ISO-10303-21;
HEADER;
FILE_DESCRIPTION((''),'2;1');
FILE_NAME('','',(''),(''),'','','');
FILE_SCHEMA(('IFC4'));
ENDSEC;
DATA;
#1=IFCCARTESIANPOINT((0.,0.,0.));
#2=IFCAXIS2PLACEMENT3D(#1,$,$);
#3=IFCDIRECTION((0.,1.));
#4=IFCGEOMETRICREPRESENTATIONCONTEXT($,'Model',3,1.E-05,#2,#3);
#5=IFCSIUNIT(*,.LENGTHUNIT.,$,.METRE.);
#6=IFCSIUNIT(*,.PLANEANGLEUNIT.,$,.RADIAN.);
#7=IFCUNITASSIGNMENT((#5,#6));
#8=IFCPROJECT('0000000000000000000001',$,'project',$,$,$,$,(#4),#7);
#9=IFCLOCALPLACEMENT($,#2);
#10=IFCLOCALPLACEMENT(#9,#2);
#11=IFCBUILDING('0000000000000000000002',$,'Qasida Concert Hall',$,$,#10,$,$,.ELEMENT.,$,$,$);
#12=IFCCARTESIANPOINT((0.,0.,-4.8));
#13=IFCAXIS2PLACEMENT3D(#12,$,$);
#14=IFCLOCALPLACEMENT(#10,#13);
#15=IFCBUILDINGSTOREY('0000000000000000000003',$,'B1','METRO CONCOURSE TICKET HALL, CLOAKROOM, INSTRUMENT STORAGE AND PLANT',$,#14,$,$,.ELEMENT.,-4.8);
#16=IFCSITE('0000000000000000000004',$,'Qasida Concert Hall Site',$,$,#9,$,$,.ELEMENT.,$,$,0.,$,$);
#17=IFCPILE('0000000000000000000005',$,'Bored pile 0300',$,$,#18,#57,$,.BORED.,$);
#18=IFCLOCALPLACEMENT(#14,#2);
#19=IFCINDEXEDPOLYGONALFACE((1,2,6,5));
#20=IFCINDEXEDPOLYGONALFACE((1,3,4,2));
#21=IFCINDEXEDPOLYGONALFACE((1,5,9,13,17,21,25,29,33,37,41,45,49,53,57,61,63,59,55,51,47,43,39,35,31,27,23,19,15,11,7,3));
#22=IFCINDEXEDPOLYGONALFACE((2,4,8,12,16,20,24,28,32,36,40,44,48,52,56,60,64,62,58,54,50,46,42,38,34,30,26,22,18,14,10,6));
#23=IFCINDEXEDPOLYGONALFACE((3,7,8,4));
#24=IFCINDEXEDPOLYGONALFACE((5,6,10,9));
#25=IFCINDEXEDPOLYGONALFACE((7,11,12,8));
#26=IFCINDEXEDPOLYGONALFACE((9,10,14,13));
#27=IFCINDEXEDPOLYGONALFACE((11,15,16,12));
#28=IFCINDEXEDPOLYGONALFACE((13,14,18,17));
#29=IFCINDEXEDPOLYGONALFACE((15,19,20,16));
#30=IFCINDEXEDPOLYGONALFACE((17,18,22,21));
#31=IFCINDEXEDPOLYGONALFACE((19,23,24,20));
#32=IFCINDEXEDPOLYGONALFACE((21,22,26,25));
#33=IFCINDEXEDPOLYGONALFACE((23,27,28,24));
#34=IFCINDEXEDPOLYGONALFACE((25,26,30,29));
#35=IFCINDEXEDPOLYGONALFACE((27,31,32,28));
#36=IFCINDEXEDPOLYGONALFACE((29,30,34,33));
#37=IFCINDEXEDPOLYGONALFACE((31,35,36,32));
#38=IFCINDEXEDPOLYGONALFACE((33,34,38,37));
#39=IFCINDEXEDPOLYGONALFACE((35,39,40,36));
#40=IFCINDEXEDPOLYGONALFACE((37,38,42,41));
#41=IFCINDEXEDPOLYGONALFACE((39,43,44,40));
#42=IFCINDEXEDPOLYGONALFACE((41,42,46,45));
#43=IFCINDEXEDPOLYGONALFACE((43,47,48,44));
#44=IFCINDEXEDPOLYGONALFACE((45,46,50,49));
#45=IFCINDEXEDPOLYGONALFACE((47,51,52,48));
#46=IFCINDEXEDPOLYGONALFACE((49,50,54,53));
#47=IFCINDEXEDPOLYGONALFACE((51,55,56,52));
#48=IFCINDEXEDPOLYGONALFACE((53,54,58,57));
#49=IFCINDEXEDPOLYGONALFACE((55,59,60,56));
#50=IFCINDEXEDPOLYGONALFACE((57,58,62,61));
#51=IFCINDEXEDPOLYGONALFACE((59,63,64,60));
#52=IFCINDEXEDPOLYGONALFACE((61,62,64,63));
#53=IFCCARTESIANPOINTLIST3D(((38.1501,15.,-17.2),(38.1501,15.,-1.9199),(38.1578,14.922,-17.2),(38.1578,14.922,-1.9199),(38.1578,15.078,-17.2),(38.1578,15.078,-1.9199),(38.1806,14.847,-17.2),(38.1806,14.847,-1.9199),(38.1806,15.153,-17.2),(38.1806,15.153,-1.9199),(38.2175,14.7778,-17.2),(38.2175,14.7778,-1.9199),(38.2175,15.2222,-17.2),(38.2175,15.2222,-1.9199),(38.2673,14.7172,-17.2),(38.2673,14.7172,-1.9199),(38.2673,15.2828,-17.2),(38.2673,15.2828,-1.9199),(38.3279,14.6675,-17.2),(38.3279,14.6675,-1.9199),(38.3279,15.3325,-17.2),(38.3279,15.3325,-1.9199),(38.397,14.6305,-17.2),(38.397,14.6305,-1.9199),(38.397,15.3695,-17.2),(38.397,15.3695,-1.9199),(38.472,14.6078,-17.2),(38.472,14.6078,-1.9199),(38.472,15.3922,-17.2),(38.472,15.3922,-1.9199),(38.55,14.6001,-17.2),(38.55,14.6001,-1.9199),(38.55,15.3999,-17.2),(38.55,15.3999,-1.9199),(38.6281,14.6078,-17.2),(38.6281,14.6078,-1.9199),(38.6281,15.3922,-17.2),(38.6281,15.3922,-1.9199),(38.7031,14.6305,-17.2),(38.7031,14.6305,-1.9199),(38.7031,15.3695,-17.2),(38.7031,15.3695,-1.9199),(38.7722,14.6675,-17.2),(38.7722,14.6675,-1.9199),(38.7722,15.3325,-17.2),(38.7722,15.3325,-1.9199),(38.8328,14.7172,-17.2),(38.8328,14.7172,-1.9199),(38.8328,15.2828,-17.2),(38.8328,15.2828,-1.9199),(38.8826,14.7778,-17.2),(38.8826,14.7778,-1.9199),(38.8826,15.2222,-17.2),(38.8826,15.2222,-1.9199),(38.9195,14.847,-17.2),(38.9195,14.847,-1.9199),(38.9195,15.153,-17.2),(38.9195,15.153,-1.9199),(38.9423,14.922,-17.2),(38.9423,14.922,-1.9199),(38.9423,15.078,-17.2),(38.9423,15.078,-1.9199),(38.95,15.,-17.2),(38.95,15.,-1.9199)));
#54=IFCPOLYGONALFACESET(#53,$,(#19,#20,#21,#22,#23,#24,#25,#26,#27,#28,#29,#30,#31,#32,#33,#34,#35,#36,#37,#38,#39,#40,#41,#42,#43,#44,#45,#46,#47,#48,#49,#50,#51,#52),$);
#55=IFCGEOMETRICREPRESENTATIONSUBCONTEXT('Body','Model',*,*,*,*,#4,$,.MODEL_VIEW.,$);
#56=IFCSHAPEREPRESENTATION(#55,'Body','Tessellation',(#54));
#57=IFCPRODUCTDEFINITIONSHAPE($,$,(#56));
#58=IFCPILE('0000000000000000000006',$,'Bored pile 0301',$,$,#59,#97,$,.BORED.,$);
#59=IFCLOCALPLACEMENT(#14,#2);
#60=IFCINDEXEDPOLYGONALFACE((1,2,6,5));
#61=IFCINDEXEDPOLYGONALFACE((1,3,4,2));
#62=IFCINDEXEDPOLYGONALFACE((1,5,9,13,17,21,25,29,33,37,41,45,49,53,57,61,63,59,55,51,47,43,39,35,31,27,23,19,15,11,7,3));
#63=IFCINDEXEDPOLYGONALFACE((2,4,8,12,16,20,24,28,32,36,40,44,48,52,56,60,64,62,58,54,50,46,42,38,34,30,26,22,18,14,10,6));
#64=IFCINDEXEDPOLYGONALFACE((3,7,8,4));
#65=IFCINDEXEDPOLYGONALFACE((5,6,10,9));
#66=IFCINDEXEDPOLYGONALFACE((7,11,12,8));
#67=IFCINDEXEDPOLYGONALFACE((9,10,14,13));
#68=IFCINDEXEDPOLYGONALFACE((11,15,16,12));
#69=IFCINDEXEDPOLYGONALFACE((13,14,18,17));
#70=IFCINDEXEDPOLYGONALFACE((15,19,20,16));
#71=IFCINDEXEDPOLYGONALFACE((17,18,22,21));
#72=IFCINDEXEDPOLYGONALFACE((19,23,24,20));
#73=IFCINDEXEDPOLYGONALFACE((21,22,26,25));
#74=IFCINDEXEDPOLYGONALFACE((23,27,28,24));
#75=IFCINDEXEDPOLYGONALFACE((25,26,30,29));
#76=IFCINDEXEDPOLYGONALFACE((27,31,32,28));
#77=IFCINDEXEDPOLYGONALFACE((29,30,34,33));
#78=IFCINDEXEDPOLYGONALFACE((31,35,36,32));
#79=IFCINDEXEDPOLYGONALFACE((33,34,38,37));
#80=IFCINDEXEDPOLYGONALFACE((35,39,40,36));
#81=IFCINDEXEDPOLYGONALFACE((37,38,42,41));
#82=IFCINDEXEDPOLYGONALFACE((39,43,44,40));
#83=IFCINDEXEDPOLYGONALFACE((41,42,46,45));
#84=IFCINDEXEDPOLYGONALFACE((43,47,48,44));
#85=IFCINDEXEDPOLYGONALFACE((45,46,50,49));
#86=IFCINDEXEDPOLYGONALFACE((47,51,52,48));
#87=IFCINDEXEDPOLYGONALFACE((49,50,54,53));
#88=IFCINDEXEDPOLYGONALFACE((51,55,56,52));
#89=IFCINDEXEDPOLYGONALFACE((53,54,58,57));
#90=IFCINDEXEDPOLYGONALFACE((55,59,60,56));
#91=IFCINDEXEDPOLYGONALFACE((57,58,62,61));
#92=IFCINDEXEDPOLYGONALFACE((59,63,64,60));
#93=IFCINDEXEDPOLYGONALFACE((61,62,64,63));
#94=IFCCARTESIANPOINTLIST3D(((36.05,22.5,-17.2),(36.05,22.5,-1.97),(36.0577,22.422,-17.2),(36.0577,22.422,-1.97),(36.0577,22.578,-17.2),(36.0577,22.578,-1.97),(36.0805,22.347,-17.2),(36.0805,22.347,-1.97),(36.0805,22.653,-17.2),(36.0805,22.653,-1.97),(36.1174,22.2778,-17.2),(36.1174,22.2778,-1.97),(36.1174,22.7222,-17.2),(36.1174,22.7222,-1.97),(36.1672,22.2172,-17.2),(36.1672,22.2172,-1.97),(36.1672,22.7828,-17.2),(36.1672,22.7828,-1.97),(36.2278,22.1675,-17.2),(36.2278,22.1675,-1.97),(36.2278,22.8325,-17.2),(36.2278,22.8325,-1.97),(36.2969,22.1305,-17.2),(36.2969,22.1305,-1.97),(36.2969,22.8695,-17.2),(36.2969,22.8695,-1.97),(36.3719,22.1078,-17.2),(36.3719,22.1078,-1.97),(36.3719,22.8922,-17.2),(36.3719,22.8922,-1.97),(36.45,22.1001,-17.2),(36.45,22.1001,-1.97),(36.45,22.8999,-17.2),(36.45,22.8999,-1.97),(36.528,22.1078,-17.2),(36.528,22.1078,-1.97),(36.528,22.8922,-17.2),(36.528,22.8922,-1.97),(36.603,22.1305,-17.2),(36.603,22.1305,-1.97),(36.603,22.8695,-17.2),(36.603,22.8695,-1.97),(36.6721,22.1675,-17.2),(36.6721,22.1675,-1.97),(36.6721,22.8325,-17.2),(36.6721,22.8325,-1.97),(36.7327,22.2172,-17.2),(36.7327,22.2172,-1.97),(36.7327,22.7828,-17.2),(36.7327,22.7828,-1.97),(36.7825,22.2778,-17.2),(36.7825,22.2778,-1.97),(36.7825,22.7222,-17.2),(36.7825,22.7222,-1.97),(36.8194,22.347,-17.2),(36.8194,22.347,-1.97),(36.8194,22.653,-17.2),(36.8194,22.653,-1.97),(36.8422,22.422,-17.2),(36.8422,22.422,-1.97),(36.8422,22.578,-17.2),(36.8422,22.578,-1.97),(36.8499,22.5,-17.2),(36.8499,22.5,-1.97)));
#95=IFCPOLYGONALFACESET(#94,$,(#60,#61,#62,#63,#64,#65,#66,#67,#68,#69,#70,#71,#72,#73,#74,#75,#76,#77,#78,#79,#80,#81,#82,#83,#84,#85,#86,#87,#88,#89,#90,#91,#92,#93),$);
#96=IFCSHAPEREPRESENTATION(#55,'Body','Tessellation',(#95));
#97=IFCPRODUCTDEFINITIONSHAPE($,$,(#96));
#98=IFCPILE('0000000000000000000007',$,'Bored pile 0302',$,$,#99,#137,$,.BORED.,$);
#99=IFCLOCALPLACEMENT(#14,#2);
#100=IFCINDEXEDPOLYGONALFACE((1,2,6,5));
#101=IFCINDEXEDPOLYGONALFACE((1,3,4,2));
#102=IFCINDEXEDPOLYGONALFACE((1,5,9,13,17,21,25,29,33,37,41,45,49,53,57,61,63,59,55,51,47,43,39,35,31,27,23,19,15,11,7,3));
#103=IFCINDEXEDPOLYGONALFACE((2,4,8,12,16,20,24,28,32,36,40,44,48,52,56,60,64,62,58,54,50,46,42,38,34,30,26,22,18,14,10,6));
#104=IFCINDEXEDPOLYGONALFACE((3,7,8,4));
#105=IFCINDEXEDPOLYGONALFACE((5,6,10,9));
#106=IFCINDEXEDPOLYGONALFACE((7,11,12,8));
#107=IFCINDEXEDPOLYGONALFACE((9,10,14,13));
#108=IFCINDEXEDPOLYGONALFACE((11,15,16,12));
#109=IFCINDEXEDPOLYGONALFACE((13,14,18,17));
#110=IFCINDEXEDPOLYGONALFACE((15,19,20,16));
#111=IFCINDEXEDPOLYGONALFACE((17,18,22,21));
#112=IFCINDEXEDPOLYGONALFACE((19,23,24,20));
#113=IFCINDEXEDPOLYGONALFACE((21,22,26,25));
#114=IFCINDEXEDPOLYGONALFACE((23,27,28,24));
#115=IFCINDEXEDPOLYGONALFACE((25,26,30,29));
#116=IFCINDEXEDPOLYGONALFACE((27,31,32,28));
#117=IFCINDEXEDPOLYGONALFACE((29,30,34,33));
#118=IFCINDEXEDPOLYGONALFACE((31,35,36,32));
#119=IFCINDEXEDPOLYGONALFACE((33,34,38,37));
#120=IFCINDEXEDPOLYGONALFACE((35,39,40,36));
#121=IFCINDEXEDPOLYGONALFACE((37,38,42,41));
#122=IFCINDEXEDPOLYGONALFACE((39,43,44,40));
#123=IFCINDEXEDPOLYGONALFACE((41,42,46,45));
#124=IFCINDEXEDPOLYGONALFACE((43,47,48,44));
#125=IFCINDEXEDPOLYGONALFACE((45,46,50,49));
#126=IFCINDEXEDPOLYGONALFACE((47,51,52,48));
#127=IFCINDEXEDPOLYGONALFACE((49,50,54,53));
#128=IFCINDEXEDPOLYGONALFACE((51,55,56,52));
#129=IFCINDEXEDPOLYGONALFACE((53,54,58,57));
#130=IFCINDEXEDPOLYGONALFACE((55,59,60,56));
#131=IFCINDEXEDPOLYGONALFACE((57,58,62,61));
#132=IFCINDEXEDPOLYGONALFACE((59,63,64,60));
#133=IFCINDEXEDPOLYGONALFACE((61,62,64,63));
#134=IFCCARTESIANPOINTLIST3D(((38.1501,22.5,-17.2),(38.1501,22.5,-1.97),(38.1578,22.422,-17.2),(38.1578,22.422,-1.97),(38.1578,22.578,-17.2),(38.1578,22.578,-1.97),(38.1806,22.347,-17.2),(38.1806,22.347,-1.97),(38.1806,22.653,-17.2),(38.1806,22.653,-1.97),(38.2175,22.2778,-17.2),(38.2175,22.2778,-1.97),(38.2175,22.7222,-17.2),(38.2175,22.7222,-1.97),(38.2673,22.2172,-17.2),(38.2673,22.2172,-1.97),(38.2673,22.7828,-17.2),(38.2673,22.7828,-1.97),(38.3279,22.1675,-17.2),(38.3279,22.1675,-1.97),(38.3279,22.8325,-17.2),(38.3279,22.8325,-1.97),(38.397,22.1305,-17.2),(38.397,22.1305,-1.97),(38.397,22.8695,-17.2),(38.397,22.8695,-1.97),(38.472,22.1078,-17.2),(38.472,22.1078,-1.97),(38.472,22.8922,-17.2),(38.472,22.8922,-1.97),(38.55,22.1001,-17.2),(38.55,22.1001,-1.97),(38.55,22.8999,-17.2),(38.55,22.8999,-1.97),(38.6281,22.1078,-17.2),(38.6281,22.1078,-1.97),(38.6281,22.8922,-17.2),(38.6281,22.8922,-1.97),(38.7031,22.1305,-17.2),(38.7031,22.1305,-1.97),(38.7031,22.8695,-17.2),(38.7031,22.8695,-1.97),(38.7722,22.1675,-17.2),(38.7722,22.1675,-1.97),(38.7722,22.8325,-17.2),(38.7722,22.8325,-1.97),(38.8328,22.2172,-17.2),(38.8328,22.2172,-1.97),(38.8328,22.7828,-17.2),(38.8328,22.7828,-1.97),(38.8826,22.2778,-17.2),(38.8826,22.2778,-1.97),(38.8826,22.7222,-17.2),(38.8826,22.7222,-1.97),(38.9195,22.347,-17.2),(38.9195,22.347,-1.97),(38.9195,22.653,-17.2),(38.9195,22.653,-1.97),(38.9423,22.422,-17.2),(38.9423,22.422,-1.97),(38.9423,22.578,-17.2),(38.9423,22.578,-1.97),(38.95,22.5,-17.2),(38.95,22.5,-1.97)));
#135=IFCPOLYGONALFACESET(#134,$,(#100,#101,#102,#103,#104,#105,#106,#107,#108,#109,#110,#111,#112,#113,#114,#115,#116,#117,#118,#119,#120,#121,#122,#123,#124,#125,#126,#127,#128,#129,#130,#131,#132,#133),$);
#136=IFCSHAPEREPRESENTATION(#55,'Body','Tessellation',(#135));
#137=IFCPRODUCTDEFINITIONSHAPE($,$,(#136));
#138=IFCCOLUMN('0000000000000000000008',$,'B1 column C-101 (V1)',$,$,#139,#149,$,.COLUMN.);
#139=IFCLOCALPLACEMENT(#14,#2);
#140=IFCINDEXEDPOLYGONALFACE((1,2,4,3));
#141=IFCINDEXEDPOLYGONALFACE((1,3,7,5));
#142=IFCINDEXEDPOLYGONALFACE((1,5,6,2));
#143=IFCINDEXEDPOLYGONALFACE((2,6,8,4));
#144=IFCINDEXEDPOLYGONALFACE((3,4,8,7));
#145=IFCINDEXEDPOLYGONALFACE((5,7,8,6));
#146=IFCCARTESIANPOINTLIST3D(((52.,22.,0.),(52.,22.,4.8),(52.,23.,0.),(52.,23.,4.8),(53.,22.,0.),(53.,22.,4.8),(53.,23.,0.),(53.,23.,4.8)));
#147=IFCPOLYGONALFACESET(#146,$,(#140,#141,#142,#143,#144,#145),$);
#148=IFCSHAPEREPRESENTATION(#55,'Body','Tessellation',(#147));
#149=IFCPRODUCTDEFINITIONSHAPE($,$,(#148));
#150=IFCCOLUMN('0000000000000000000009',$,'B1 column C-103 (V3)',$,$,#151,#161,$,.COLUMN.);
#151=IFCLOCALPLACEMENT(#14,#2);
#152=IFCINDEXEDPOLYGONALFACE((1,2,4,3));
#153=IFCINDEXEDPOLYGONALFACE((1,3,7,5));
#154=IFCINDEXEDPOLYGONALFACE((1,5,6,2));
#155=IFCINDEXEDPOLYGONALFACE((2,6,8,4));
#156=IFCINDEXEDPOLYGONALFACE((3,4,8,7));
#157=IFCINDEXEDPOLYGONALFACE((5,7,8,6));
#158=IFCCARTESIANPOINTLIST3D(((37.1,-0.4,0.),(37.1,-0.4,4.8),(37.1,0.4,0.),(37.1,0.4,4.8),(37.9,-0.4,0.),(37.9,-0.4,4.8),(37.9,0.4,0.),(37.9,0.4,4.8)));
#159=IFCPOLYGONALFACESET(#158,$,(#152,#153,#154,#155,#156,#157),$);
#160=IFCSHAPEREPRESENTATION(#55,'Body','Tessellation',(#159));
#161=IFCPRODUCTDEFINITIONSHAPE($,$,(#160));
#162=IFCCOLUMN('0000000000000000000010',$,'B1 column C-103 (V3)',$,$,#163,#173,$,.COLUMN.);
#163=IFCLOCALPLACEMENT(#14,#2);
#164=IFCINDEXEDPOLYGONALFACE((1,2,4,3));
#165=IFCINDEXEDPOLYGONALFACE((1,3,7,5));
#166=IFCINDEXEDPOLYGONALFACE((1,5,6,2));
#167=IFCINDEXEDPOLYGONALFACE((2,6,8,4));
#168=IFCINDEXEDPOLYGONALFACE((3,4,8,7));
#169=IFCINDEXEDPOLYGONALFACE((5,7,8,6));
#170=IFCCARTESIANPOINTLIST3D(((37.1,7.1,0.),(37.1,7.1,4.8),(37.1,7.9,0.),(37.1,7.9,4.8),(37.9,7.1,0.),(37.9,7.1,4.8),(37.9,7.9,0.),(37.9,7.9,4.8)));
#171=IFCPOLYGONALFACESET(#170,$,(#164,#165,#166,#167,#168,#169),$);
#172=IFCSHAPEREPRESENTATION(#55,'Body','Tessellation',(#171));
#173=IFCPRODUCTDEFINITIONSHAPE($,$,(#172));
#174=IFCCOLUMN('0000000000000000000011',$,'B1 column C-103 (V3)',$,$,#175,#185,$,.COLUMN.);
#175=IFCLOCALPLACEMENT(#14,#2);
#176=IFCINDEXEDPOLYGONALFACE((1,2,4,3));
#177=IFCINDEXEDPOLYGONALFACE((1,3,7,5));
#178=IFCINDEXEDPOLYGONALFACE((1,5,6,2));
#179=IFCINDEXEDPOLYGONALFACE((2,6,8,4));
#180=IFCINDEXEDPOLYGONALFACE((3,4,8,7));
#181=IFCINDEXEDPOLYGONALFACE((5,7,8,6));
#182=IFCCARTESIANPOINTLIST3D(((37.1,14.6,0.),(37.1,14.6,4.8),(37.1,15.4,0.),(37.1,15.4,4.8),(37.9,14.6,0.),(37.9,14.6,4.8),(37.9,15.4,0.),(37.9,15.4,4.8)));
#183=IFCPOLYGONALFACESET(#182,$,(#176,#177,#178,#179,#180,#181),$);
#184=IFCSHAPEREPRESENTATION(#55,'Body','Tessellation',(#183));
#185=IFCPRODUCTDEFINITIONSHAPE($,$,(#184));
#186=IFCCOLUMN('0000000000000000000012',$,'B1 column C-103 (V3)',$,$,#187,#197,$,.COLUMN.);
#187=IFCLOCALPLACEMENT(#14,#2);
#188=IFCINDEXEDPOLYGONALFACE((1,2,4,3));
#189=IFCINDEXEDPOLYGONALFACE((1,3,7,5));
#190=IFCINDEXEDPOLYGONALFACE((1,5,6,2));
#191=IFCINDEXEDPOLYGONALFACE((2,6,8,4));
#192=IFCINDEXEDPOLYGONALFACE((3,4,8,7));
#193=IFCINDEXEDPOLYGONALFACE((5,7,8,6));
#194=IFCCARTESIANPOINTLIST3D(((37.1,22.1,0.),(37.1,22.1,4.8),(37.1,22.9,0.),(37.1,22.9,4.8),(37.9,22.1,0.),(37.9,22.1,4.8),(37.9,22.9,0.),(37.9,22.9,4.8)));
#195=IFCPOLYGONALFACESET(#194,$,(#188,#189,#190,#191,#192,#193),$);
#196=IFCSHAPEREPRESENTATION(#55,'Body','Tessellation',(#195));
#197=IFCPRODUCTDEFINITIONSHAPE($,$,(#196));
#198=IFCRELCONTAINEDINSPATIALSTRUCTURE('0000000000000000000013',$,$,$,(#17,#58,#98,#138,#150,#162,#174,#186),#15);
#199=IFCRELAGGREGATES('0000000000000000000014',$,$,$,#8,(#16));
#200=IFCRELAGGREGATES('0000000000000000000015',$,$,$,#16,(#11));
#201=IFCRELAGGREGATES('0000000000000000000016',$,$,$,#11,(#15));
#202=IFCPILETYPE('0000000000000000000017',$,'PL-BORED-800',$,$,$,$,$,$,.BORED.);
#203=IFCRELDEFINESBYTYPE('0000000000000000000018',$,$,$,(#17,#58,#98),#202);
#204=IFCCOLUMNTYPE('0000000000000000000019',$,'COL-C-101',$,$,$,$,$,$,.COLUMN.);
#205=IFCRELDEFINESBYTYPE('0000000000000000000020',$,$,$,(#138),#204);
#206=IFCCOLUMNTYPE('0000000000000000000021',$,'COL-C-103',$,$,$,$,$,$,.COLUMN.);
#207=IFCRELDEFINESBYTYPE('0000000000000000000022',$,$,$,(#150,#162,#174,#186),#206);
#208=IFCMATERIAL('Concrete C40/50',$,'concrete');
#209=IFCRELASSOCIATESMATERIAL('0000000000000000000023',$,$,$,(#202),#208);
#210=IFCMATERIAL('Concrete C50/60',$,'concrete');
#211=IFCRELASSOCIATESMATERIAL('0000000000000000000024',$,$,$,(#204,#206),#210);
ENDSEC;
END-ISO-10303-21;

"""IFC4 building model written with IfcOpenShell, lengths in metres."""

from ifc_helpers import new_model, si_unit, direction, frame, origin, origin_2d, place, context, subcontext, project, spatial, rectangle, circle, extrude, material, material_profile, profile_set, type_object, element, save


model = new_model("IFC4")

# Units and contexts
model_context = context("Model", 3, precision=1e-05, world=origin(), true_north=direction((0.0, 1.0)))
body_context = subcontext(model_context, "Body", "Model", "MODEL_VIEW")
ifc_project = project(units=[si_unit("LENGTHUNIT", "METRE"), si_unit("PLANEANGLEUNIT", "RADIAN")], contexts=[model_context])

# Site, building, storey
site_placement = place(None, origin())
site = spatial("IfcSite", under=ifc_project, at=site_placement, Name="Qasida Concert Hall Site", CompositionType="ELEMENT", RefElevation=0.0)
building_placement = place(site_placement, origin())
building = spatial("IfcBuilding", under=site, at=building_placement, Name="Qasida Concert Hall", CompositionType="ELEMENT")
storey_placement = place(building_placement, frame((0.0, 0.0, -4.8)))
storey = spatial("IfcBuildingStorey", under=building, at=storey_placement, Name="B1", Description="METRO CONCOURSE TICKET HALL, CLOAKROOM, INSTRUMENT STORAGE AND PLANT", CompositionType="ELEMENT", Elevation=-4.8)

# Shared definitions
ifc_material_1 = material(Name="Concrete C40/50", Category="concrete")

# Piles
ifc_material_profile_1 = material_profile(ifc_material_1, circle(Radius=0.3999, at=origin_2d()), Name="BORED PILE D800")
ifc_profile_set_1 = profile_set([ifc_material_profile_1], Name="Concrete C40/50")
pile_type_1 = type_object("IfcPileType", Name="PL-BORED-800", PredefinedType="BORED", material=ifc_profile_set_1)
for number, where, z_axis, x_axis, name in (
    (1, (38.55, 15.0, -1.9199), (0.0, 0.0, -1.0), (1.0, 0.0, 0.0), "Bored pile 0300"),
):
    element("IfcPile", number, at=place(storey_placement, frame(where, z_axis=z_axis, x_axis=x_axis)), inside=storey, type_object=pile_type_1, Name=name, PredefinedType="BORED", context=body_context, shape_type="SweptSolid", body=[
        extrude(circle(Radius=0.3999, at=origin_2d()), origin(), (0.0, 0.0, 1.0), 15.28),
    ])
for number, where, z_axis, x_axis, name in (
    (2, (36.45, 22.5, -1.97), (0.0, 0.0, -1.0), (1.0, 0.0, 0.0), "Bored pile 0301"),
    (3, (38.55, 22.5, -1.97), (0.0, 0.0, -1.0), (1.0, 0.0, 0.0), "Bored pile 0302"),
):
    element("IfcPile", number, at=place(storey_placement, frame(where, z_axis=z_axis, x_axis=x_axis)), inside=storey, type_object=pile_type_1, Name=name, PredefinedType="BORED", context=body_context, shape_type="SweptSolid", body=[
        extrude(circle(Radius=0.3999, at=origin_2d()), origin(), (0.0, 0.0, 1.0), 15.23),
    ])

# Columns
ifc_material_2 = material(Name="Concrete C50/60", Category="concrete")
ifc_material_profile_2 = material_profile(ifc_material_2, rectangle(XDim=1.0, YDim=1.0, at=origin_2d()), Name="RC 1000x1000")
ifc_profile_set_2 = profile_set([ifc_material_profile_2], Name="Concrete C50/60")
column_type_1 = type_object("IfcColumnType", Name="COL-C-101", PredefinedType="COLUMN", material=ifc_profile_set_2)
column_placement = place(storey_placement, frame((52.5, 22.5, 0.0), z_axis=(0.0, 0.0, 1.0), x_axis=(1.0, 0.0, 0.0)))
element("IfcColumn", 4, at=column_placement, inside=storey, type_object=column_type_1, Name="B1 column C-101 (V1)", PredefinedType="COLUMN", context=body_context, shape_type="SweptSolid", body=[
    extrude(rectangle(XDim=1.0, YDim=1.0, at=origin_2d()), origin(), (0.0, 0.0, 1.0), 4.8),
])
ifc_material_profile_3 = material_profile(ifc_material_2, rectangle(XDim=0.8, YDim=0.8, at=origin_2d()), Name="RC 800x800")
ifc_profile_set_3 = profile_set([ifc_material_profile_3], Name="Concrete C50/60")
column_type_2 = type_object("IfcColumnType", Name="COL-C-103", PredefinedType="COLUMN", material=ifc_profile_set_3)
for number, where, z_axis, x_axis, name in (
    (5, (37.5, 0.0, 0.0), (0.0, 0.0, 1.0), (1.0, 0.0, 0.0), "B1 column C-103 (V3)"),
    (6, (37.5, 7.5, 0.0), (0.0, 0.0, 1.0), (1.0, 0.0, 0.0), "B1 column C-103 (V3)"),
    (7, (37.5, 15.0, 0.0), (0.0, 0.0, 1.0), (1.0, 0.0, 0.0), "B1 column C-103 (V3)"),
    (8, (37.5, 22.5, 0.0), (0.0, 0.0, 1.0), (1.0, 0.0, 0.0), "B1 column C-103 (V3)"),
):
    element("IfcColumn", number, at=place(storey_placement, frame(where, z_axis=z_axis, x_axis=x_axis)), inside=storey, type_object=column_type_2, Name=name, PredefinedType="COLUMN", context=body_context, shape_type="SweptSolid", body=[
        extrude(rectangle(XDim=0.8, YDim=0.8, at=origin_2d()), origin(), (0.0, 0.0, 1.0), 4.8),
    ])

save(model, "model.ifc")
